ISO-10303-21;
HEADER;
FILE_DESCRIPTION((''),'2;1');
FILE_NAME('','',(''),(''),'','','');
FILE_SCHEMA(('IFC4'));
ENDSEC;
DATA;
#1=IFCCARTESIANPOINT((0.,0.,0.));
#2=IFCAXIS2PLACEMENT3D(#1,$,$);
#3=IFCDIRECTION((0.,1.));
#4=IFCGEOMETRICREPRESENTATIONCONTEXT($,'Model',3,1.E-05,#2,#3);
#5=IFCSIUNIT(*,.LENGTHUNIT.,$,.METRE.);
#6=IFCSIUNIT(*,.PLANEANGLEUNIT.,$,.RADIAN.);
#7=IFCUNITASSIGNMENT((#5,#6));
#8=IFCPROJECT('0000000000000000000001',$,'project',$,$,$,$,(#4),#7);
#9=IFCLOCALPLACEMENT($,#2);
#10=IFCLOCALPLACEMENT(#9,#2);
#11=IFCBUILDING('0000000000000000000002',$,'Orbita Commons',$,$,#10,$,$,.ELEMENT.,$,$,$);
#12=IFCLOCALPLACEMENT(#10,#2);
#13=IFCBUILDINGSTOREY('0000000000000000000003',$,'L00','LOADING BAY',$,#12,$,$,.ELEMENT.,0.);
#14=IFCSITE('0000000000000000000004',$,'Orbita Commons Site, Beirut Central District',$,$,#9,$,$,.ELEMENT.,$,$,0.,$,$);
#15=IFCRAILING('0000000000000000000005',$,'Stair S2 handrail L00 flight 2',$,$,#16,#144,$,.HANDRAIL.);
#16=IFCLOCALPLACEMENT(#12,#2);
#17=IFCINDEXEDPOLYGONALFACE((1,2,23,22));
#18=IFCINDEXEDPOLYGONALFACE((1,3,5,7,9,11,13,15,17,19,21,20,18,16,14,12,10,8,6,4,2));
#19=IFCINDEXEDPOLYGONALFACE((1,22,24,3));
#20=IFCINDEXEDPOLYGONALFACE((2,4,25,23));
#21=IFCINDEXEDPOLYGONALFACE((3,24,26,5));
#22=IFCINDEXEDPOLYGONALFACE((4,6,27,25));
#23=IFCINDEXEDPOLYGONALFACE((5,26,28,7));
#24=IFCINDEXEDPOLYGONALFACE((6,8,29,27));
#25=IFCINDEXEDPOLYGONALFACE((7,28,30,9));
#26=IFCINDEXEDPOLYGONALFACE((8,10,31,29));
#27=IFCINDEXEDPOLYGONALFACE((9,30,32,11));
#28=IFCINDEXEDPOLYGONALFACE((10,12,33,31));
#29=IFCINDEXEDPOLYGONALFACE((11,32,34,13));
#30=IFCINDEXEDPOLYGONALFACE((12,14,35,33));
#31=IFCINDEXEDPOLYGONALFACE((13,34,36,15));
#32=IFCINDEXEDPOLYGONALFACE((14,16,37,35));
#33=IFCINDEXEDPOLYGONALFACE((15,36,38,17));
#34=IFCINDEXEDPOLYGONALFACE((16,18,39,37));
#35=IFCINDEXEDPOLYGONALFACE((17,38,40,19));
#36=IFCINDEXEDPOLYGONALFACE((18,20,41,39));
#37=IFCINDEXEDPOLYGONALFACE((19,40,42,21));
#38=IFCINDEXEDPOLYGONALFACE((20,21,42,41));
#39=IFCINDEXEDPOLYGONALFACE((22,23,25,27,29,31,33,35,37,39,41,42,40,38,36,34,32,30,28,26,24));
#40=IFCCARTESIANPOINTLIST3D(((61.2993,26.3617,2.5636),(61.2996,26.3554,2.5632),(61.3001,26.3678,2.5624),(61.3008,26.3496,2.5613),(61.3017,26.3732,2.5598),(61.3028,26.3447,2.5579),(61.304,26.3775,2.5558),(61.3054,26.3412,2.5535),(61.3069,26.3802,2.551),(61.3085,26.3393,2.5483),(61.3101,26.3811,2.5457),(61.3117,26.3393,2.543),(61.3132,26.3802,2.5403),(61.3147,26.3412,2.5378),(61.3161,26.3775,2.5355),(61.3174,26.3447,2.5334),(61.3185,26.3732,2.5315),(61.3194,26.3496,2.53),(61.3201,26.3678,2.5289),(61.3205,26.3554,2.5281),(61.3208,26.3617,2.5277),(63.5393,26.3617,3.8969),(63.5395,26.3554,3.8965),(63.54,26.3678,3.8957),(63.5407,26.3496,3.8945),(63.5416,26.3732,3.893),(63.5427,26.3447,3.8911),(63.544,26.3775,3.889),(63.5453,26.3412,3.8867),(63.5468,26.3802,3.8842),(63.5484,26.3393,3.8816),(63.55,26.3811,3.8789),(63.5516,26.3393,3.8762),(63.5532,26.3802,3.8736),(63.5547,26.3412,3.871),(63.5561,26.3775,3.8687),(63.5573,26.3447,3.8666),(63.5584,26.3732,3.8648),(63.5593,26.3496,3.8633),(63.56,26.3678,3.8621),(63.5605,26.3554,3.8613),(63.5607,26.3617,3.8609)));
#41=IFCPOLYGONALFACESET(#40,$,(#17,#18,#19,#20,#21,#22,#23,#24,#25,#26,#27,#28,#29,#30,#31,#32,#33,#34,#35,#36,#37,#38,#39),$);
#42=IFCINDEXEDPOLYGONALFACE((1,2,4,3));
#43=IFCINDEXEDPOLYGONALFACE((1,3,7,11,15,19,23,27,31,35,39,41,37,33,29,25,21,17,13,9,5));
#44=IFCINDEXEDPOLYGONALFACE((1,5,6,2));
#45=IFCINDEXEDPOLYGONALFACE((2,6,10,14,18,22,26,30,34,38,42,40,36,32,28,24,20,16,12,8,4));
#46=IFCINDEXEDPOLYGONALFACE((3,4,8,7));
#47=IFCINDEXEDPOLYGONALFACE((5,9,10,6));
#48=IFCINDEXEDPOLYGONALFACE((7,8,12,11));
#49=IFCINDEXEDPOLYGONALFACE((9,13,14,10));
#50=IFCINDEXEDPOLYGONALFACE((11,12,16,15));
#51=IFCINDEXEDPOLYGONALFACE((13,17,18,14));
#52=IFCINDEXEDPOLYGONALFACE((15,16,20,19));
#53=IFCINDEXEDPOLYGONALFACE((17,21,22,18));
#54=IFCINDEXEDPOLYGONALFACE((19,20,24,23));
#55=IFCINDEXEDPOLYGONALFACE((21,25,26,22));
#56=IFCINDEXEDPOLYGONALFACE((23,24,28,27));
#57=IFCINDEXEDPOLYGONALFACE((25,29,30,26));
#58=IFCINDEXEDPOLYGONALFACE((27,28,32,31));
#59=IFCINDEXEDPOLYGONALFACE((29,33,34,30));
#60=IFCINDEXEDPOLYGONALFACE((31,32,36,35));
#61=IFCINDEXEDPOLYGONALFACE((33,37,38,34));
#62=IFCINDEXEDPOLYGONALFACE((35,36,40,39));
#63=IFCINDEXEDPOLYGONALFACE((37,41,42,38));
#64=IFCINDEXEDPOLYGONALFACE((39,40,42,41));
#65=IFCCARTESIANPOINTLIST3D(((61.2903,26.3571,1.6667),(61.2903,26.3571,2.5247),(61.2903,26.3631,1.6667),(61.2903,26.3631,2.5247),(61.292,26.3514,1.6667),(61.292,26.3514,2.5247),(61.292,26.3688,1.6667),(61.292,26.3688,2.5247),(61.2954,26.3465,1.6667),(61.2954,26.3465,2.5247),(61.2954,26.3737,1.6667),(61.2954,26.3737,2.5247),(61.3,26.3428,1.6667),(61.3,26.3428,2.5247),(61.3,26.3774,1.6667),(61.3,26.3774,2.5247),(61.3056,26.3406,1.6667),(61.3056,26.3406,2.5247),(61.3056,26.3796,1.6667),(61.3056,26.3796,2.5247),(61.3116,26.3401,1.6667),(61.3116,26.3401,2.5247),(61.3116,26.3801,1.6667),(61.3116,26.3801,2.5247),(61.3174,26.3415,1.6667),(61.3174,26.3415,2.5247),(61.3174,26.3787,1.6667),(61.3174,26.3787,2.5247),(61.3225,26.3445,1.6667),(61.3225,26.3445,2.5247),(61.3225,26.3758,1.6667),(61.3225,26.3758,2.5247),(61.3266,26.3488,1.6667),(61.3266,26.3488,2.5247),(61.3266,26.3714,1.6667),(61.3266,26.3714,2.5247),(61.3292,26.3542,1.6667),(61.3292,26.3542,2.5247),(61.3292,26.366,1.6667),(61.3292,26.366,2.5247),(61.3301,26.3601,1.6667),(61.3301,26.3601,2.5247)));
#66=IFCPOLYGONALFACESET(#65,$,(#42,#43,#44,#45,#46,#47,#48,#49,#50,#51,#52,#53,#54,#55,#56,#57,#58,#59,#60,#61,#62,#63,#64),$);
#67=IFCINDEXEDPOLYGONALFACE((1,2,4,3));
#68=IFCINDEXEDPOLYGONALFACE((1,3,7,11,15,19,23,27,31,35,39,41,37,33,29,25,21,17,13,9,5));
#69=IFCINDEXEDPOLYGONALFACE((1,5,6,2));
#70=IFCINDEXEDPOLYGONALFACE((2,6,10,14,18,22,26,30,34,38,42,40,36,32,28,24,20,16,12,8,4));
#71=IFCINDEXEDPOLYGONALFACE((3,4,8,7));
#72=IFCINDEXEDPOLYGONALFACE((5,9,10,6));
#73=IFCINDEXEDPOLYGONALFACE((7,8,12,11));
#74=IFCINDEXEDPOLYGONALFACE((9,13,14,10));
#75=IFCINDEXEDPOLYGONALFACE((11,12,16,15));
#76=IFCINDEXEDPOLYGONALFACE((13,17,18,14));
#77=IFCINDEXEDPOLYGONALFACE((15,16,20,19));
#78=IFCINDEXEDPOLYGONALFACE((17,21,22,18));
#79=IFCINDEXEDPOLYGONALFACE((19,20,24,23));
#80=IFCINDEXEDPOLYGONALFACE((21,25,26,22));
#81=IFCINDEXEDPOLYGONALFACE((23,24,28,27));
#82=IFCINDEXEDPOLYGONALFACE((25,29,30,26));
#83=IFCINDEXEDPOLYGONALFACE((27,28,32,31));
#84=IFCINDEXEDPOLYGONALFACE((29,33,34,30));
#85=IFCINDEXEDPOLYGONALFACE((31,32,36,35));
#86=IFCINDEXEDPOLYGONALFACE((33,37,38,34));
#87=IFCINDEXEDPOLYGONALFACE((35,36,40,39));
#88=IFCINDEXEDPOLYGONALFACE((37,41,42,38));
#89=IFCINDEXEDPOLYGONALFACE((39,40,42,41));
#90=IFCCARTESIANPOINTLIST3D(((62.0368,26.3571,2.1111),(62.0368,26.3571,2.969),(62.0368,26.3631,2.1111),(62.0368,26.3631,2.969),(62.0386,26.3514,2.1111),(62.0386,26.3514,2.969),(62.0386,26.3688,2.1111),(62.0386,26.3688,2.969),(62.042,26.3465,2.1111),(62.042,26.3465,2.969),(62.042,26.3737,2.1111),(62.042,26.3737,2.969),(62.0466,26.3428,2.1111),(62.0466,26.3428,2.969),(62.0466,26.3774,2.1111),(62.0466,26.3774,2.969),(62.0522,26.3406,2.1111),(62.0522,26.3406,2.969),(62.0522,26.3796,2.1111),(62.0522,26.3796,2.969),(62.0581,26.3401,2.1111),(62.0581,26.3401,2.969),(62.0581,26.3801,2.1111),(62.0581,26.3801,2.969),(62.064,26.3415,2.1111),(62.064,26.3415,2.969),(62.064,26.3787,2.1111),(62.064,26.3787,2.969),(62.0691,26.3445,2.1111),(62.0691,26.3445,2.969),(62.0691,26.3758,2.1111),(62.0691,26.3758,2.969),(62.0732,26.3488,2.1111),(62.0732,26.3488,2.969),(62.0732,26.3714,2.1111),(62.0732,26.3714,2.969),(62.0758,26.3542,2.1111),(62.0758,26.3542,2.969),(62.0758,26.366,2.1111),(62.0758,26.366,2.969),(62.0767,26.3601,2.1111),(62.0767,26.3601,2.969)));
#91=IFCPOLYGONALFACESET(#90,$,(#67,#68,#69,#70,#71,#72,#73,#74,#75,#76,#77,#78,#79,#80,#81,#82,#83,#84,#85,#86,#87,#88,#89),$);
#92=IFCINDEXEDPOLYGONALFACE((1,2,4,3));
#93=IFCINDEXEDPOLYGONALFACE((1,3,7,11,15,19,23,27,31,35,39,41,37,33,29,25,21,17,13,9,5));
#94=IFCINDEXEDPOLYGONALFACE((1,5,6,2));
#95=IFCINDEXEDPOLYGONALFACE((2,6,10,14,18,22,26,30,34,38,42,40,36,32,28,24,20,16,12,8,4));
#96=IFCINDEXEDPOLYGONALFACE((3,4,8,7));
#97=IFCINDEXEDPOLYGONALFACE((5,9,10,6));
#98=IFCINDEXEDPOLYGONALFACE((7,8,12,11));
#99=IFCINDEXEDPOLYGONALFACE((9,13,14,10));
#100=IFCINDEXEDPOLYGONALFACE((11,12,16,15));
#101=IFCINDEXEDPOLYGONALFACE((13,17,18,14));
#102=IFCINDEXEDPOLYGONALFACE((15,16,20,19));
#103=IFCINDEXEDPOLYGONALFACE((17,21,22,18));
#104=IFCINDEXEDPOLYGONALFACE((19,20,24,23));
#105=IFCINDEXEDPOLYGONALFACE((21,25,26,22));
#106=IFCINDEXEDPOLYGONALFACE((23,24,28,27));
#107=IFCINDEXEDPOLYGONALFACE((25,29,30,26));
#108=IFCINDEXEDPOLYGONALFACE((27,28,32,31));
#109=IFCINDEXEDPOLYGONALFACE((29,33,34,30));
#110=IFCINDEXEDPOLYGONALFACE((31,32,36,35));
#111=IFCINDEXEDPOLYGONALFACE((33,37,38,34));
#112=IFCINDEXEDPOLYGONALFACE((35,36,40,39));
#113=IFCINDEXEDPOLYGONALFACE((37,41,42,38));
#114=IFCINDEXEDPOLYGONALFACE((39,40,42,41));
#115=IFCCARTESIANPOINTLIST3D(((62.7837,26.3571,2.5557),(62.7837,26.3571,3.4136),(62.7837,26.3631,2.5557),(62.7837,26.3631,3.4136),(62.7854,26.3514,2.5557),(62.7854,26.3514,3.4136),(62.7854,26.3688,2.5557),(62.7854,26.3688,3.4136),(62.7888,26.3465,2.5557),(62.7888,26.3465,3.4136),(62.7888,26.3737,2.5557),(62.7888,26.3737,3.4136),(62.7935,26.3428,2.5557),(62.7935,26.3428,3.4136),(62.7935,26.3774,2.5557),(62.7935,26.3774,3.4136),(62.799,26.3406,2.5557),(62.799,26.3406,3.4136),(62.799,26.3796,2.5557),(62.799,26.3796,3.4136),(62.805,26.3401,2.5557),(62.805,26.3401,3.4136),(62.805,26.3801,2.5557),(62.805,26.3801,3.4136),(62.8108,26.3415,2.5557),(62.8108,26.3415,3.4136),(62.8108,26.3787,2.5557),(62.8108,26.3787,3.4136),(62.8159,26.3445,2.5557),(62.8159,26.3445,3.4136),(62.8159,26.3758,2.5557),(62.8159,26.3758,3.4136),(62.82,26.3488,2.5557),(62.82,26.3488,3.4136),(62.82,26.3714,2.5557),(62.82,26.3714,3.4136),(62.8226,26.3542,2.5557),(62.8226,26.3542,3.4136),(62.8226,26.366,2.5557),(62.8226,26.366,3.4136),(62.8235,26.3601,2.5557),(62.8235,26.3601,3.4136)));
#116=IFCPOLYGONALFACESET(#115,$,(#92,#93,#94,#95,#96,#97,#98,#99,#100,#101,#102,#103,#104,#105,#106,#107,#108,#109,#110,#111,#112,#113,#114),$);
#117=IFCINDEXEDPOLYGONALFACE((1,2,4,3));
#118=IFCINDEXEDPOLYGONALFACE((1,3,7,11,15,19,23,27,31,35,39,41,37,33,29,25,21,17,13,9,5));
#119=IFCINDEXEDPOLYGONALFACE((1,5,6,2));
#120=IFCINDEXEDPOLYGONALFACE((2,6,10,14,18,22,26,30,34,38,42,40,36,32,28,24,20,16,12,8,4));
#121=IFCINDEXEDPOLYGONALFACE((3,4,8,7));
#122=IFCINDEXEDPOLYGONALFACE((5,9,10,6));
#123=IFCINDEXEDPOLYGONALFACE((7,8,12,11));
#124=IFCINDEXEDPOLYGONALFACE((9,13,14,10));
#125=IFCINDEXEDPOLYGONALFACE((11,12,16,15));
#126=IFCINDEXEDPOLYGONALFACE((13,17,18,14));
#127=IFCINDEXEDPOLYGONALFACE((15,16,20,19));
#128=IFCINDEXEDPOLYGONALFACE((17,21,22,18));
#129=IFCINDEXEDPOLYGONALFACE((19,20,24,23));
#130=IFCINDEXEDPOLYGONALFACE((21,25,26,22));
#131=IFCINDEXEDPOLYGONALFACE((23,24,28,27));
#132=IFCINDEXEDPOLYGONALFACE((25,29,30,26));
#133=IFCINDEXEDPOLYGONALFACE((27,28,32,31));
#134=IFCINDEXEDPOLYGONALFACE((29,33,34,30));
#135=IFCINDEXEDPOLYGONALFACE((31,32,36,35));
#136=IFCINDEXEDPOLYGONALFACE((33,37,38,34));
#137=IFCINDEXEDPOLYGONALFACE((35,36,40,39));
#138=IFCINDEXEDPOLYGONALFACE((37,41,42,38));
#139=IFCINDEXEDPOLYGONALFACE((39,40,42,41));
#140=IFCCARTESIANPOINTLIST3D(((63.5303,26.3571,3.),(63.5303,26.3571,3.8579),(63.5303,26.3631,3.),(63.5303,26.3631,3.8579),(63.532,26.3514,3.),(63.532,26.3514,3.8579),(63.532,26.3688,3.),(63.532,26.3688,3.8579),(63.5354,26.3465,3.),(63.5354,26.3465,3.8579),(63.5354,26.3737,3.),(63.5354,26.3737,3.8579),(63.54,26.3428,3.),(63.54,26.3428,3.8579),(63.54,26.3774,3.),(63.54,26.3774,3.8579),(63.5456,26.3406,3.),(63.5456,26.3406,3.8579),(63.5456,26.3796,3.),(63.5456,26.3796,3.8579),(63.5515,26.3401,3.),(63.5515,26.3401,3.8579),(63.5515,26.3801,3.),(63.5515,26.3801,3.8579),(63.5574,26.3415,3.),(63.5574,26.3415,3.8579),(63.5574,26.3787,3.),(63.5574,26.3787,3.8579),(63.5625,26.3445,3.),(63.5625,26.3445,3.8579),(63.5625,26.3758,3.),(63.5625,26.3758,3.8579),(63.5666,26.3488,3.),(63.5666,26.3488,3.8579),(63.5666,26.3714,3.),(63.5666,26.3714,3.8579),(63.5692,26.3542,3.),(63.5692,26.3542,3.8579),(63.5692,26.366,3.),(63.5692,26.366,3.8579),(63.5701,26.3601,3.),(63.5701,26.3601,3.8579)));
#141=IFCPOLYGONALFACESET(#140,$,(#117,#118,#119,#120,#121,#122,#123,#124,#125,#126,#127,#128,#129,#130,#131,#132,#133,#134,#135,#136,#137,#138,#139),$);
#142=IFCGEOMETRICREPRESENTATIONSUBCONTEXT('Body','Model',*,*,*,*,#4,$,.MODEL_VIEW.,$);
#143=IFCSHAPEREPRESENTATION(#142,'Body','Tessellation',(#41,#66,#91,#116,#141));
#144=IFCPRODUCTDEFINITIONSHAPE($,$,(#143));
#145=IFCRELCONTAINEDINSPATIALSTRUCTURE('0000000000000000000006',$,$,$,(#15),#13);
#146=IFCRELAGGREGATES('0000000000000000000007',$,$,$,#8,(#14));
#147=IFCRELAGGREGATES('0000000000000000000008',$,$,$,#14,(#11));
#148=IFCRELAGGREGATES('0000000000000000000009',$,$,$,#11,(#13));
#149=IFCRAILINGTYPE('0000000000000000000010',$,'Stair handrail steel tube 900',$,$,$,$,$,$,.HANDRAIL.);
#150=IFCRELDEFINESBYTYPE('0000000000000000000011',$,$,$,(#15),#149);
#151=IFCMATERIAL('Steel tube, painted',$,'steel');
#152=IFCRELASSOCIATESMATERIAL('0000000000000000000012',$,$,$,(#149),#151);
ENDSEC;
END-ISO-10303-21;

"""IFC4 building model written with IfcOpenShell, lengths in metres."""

from ifc_helpers import new_model, si_unit, direction, frame, origin, origin_2d, place, context, subcontext, project, spatial, circle, extrude, material, type_object, element, save


model = new_model("IFC4")

# Units and contexts
model_context = context("Model", 3, precision=1e-05, world=origin(), true_north=direction((0.0, 1.0)))
body_context = subcontext(model_context, "Body", "Model", "MODEL_VIEW")
ifc_project = project(units=[si_unit("LENGTHUNIT", "METRE"), si_unit("PLANEANGLEUNIT", "RADIAN")], contexts=[model_context])

# Site, building, storey
site_placement = place(None, origin())
site = spatial("IfcSite", under=ifc_project, at=site_placement, Name="Orbita Commons Site, Beirut Central District", CompositionType="ELEMENT", RefElevation=0.0)
building_placement = place(site_placement, origin())
building = spatial("IfcBuilding", under=site, at=building_placement, Name="Orbita Commons", CompositionType="ELEMENT")
storey_placement = place(building_placement, origin())
storey = spatial("IfcBuildingStorey", under=building, at=storey_placement, Name="L00", Description="LOADING BAY", CompositionType="ELEMENT", Elevation=0.0)

# Railing
ifc_material_1 = material(Name="Steel tube, painted", Category="steel")
railing_type = type_object("IfcRailingType", Name="Stair handrail steel tube 900", PredefinedType="HANDRAIL", material=ifc_material_1)
for number, where, name in (
    (1, (61.3101, 26.3601, 1.6667), "Stair S2 handrail L00 flight 2"),
):
    element("IfcRailing", number, at=place(storey_placement, frame(where)), inside=storey, type_object=railing_type, Name=name, PredefinedType="HANDRAIL", context=body_context, shape_type="SweptSolid", body=[
        extrude(circle(Radius=0.021, at=origin_2d()), frame((0.0, 0.0, 0.8789), z_axis=(0.859306, 0.0, 0.511462), x_axis=(0.0, 1.0, 0.0)), (0.0, 0.0, 1.0), 2.6067),
        extrude(circle(Radius=0.02, at=origin_2d()), origin(), (0.0, 0.0, 1.0), 0.8579),
        extrude(circle(Radius=0.02, at=origin_2d()), frame((0.7466, 0.0, 0.4443)), (0.0, 0.0, 1.0), 0.8579),
        extrude(circle(Radius=0.02, at=origin_2d()), frame((1.4934, 0.0, 0.8889)), (0.0, 0.0, 1.0), 0.8579),
        extrude(circle(Radius=0.02, at=origin_2d()), frame((2.24, 0.0, 1.3333)), (0.0, 0.0, 1.0), 0.8579),
    ])

save(model, "model.ifc")
